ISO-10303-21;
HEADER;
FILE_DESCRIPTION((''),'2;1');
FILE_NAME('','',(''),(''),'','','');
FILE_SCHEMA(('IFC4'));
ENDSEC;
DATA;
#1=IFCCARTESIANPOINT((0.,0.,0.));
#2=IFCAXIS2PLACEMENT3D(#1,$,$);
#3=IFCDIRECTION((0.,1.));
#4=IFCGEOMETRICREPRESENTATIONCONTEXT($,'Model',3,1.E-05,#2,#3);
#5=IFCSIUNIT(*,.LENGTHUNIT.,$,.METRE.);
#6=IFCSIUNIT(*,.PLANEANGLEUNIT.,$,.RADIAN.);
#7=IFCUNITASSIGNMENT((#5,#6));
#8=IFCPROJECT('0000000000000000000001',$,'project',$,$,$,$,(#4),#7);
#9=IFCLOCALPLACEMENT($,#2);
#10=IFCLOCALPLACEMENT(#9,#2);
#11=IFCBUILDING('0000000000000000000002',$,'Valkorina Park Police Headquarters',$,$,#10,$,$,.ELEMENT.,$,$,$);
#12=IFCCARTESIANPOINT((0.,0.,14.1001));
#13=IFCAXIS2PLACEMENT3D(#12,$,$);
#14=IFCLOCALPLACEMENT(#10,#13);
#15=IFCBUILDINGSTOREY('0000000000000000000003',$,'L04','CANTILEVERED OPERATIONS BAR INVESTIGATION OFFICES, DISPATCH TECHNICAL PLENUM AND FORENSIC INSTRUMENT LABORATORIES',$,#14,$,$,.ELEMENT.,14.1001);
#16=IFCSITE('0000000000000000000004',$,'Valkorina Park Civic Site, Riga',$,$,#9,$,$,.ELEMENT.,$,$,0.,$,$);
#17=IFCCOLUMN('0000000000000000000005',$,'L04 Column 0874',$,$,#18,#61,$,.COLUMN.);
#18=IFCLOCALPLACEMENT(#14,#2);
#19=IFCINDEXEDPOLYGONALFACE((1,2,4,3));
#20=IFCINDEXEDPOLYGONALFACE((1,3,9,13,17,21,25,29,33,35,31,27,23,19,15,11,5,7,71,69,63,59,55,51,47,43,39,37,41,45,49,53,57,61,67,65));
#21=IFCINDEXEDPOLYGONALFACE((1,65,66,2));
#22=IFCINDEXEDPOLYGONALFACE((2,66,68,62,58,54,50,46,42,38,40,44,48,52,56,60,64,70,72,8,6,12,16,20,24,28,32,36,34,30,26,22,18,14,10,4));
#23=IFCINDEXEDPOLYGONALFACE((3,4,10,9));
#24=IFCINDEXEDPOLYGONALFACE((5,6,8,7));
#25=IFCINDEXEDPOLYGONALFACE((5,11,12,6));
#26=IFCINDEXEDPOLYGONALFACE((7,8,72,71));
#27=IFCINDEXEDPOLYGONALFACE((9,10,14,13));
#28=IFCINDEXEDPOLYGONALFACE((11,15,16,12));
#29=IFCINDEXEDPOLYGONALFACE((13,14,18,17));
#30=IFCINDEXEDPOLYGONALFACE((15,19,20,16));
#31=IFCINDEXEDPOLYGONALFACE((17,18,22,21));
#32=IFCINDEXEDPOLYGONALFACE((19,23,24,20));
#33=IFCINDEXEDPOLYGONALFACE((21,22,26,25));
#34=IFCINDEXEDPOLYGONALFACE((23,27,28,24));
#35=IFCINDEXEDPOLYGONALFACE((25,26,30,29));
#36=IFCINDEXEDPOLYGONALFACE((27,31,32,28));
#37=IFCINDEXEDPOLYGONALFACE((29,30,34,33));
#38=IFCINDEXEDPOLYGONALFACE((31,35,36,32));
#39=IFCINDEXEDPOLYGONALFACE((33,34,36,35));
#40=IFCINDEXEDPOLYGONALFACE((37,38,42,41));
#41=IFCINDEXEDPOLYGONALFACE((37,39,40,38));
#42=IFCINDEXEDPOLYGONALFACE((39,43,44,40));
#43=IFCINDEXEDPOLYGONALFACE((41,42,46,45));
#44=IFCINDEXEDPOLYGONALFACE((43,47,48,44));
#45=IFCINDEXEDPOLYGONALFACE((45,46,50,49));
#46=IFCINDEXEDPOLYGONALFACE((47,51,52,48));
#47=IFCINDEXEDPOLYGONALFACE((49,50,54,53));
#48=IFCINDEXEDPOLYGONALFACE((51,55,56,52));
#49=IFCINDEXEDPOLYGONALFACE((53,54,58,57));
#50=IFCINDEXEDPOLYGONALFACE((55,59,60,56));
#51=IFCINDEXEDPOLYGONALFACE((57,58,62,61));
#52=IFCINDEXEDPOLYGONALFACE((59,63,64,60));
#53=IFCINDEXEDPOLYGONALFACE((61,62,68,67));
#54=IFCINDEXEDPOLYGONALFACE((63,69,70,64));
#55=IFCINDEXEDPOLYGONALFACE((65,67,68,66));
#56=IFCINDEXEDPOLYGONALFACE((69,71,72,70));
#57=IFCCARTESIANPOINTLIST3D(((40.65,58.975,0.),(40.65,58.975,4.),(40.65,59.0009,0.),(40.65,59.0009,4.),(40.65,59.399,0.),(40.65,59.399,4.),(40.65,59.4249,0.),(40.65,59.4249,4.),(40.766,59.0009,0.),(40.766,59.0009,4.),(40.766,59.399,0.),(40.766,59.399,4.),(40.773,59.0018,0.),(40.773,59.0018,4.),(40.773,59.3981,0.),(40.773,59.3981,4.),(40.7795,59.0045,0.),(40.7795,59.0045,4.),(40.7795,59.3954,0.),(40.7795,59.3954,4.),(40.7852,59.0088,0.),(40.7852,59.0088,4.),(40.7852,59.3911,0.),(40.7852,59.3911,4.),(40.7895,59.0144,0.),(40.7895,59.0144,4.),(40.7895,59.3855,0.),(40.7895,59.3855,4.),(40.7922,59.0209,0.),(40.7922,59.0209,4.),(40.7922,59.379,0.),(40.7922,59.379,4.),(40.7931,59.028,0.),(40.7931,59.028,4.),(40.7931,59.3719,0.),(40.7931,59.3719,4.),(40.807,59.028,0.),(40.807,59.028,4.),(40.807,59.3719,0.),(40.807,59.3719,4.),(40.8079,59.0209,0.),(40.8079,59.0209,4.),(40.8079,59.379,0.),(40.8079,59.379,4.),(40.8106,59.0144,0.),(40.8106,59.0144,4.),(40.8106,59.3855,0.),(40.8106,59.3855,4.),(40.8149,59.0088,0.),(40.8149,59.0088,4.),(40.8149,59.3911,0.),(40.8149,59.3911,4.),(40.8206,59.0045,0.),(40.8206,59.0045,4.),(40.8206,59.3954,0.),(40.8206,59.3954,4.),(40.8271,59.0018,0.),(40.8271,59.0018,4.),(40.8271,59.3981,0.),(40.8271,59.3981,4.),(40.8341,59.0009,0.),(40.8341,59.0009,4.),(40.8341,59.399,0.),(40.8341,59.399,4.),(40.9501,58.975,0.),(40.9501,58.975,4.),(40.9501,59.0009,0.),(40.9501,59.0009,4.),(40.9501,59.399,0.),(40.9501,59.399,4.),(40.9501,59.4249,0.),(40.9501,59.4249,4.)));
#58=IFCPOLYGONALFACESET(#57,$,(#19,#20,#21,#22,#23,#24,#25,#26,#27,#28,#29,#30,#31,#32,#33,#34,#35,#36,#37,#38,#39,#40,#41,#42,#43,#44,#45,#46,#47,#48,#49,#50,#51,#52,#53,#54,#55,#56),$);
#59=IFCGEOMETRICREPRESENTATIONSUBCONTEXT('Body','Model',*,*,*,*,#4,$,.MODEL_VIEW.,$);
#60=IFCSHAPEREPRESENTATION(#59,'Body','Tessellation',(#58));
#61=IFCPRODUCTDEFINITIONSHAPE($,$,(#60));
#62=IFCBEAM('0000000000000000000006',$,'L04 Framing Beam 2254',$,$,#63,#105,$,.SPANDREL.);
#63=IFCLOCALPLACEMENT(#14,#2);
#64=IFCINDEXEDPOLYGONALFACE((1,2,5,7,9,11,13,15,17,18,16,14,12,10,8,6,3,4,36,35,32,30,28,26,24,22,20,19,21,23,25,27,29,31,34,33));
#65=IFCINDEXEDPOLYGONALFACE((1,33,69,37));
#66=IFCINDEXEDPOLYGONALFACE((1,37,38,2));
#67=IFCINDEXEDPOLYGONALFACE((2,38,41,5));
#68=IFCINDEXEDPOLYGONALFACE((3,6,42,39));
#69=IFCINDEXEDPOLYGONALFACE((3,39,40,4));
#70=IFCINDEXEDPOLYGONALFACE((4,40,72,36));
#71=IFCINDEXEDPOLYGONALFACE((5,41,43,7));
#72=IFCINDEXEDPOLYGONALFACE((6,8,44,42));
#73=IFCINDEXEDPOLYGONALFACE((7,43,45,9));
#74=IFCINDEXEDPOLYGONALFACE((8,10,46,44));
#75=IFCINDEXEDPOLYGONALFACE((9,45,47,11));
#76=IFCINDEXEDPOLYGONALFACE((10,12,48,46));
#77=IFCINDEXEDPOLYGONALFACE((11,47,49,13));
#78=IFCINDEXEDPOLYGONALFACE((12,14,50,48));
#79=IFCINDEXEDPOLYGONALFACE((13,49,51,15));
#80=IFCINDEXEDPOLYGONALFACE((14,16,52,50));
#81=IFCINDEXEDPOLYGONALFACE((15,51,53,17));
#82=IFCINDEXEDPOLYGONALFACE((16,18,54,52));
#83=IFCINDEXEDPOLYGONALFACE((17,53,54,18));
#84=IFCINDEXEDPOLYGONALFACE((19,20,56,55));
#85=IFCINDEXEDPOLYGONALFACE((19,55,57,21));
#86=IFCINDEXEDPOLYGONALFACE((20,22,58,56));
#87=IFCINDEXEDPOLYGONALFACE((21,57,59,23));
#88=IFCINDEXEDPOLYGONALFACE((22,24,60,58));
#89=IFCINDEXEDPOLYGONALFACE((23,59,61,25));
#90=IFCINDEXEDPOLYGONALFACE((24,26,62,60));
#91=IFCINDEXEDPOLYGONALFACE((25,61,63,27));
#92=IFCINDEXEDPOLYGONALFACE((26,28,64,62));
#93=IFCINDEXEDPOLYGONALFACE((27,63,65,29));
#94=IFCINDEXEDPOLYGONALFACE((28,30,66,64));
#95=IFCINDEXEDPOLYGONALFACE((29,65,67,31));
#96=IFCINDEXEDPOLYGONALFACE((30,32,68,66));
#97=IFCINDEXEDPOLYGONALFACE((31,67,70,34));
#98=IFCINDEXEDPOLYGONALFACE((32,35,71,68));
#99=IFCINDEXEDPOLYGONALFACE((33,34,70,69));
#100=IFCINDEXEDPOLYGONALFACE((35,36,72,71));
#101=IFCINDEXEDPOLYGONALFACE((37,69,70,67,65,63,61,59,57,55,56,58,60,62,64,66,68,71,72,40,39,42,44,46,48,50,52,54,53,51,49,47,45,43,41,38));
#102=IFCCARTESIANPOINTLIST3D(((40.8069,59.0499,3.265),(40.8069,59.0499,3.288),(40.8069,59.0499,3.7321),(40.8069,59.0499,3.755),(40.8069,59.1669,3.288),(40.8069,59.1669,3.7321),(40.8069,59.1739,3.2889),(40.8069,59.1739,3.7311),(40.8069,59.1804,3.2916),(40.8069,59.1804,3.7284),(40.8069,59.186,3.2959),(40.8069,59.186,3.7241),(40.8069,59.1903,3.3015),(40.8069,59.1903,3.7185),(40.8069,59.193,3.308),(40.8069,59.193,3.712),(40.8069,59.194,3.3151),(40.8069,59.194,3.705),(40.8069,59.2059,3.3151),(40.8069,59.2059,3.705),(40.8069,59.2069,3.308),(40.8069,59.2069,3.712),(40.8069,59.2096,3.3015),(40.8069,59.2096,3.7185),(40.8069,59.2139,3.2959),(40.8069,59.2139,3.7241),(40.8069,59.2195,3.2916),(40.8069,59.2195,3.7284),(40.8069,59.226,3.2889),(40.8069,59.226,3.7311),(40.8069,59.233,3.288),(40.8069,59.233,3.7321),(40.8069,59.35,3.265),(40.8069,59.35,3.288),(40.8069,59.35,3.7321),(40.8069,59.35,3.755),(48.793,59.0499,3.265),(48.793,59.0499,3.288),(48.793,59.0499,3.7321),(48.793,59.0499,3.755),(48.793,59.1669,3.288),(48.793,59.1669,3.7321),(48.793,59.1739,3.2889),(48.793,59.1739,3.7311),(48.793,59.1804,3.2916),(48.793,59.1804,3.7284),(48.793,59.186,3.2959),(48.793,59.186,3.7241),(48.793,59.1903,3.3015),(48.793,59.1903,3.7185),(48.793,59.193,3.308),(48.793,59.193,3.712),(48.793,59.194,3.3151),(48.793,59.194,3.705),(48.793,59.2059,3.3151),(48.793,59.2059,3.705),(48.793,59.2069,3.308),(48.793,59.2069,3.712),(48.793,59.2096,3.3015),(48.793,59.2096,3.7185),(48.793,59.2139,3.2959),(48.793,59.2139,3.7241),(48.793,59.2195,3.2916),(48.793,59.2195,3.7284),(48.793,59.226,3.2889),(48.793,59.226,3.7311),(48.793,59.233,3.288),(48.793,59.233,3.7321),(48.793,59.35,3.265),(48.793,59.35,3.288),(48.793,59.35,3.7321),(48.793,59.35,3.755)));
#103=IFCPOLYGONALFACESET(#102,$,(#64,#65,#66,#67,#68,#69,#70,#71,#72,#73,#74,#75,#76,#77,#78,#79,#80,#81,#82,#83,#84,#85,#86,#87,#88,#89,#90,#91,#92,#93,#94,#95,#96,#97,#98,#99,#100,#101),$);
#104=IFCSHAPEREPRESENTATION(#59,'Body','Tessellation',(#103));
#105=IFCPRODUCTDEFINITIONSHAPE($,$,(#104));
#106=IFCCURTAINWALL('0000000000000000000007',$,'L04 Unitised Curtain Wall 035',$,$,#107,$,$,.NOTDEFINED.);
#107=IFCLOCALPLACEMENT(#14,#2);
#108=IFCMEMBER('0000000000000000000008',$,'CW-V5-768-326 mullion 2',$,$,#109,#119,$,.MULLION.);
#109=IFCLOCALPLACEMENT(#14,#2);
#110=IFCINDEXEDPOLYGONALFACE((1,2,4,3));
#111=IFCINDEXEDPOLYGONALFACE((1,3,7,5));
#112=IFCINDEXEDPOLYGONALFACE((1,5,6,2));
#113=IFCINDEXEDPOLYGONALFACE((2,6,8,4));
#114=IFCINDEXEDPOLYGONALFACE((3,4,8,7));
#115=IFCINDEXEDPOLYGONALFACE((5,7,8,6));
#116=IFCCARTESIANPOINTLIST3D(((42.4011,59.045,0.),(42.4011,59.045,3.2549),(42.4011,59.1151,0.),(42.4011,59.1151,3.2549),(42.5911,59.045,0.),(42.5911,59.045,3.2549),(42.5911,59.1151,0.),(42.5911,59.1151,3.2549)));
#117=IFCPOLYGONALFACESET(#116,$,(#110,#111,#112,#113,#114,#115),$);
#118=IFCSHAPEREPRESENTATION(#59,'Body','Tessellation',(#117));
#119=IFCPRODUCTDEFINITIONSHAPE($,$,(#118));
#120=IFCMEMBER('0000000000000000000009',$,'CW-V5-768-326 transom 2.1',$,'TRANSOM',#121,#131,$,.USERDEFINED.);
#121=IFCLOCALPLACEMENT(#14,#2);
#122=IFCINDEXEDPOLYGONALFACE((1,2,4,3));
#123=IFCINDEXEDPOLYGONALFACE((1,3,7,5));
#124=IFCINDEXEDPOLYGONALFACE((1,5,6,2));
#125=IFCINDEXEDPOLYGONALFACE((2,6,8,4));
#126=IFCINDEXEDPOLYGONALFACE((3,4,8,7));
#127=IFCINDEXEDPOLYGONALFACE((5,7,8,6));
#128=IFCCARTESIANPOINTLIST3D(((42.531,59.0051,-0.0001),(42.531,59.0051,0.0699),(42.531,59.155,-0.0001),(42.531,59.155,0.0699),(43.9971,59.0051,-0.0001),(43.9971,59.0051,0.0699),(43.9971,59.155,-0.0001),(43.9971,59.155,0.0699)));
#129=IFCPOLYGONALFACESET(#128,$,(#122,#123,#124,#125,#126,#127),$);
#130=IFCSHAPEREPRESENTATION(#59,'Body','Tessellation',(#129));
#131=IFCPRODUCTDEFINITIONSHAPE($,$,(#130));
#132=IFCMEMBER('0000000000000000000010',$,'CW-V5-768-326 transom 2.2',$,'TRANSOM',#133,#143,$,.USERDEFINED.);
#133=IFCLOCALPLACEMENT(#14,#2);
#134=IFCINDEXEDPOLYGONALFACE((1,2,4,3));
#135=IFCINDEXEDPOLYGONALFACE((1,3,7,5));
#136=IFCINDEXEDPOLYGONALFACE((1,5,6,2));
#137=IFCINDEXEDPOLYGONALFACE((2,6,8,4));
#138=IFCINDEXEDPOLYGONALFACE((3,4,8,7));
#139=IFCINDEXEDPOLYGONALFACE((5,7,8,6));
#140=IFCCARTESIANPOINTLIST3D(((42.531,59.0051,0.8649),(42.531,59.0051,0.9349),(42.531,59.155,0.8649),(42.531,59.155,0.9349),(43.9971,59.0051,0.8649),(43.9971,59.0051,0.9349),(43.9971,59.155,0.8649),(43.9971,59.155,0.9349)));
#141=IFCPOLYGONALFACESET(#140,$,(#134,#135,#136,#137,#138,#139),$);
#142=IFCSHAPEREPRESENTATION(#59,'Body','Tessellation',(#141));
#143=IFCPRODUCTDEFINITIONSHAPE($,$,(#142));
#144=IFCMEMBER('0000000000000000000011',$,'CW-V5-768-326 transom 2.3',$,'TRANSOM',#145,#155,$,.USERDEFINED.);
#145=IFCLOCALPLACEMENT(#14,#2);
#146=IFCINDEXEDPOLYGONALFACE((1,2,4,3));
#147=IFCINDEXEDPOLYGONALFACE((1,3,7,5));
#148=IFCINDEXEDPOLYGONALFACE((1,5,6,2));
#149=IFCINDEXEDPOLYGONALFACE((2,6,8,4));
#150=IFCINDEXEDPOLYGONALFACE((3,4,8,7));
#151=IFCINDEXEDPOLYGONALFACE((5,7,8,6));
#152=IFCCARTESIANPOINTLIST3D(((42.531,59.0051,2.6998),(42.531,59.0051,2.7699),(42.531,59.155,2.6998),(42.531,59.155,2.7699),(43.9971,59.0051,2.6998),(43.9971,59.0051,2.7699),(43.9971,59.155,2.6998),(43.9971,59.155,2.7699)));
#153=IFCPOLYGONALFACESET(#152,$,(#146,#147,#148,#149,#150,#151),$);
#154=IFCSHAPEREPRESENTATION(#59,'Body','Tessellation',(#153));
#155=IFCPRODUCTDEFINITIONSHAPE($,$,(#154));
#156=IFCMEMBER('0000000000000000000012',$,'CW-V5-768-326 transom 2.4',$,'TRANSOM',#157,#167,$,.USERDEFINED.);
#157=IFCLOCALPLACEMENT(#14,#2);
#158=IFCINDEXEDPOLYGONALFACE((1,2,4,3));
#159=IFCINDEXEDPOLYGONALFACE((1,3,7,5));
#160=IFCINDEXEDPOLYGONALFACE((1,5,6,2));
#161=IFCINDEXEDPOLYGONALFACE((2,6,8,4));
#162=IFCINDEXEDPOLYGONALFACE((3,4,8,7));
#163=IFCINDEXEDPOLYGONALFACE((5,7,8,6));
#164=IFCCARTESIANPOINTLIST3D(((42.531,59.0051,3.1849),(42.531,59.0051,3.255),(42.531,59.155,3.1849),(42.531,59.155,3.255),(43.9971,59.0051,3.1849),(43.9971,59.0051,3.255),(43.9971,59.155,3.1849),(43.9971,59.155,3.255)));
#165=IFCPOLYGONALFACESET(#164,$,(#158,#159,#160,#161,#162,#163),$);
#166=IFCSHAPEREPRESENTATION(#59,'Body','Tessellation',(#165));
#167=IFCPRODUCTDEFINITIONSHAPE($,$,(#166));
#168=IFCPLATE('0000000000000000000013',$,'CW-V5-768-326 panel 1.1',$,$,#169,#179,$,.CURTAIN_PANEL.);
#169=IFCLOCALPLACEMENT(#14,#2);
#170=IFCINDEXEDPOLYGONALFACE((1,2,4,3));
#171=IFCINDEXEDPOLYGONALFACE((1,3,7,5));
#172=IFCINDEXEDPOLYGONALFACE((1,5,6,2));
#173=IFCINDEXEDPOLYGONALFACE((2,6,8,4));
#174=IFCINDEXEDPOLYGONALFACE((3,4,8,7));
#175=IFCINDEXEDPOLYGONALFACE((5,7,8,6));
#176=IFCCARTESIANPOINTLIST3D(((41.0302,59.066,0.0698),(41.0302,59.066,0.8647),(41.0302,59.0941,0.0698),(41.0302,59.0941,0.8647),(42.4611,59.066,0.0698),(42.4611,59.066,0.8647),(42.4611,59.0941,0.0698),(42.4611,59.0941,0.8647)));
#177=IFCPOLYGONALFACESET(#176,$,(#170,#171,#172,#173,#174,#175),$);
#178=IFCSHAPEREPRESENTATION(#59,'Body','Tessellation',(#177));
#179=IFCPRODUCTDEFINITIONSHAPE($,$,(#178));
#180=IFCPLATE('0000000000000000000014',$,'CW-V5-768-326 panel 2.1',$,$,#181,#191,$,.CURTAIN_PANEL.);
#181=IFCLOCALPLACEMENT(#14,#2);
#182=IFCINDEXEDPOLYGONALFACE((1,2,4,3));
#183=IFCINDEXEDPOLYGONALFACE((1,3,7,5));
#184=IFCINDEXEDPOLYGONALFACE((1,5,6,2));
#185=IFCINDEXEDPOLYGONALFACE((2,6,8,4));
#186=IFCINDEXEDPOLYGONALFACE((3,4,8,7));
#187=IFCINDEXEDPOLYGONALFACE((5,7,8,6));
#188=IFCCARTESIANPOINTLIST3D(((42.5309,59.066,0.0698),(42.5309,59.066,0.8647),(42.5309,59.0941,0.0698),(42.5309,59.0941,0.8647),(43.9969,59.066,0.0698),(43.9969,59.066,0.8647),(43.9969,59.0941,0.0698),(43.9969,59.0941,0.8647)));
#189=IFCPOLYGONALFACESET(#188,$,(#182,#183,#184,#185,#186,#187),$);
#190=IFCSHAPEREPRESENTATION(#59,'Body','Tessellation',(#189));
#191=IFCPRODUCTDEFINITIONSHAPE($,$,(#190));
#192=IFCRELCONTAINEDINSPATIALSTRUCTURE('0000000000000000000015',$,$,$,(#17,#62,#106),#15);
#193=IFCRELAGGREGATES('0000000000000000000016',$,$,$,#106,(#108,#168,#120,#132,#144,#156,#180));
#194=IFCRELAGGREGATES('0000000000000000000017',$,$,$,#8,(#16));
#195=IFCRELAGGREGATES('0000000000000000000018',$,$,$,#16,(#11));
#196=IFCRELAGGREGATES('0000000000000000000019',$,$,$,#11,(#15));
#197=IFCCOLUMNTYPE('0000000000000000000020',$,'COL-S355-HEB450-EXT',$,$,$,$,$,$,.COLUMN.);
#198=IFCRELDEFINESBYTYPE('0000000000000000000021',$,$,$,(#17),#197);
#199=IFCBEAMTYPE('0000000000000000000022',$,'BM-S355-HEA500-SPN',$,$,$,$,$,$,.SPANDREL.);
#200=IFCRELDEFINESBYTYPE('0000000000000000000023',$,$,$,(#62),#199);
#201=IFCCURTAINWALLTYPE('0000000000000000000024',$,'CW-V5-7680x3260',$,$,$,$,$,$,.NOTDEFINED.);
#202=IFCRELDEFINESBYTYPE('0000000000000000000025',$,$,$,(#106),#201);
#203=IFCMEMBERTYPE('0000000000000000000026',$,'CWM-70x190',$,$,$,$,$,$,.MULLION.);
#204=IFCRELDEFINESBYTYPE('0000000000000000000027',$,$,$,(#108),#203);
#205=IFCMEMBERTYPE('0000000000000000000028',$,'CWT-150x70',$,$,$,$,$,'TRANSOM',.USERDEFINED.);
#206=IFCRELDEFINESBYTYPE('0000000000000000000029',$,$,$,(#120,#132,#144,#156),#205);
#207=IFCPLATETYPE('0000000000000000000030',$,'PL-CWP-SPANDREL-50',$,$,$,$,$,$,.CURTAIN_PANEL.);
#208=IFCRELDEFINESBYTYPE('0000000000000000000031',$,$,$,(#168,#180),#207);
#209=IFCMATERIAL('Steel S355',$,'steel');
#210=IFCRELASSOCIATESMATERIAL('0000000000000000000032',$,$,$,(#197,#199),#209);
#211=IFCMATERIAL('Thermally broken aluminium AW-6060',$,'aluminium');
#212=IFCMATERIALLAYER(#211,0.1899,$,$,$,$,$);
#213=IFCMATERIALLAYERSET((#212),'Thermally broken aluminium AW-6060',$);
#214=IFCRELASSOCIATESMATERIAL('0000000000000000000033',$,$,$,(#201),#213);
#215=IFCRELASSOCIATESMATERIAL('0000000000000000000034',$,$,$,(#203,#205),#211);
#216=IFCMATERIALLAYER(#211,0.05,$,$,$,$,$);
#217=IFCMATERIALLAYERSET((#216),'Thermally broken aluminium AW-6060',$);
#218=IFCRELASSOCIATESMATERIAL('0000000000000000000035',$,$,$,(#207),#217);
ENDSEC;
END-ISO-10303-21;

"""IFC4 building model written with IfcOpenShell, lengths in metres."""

from ifc_helpers import new_model, si_unit, direction, frame, origin, origin_2d, place, context, subcontext, project, spatial, rectangle, i_section, extrude, material, layer, layer_set, material_profile, profile_set, type_object, element, aggregate, save


model = new_model("IFC4")

# Units and contexts
model_context = context("Model", 3, precision=1e-05, world=origin(), true_north=direction((0.0, 1.0)))
body_context = subcontext(model_context, "Body", "Model", "MODEL_VIEW")
ifc_project = project(units=[si_unit("LENGTHUNIT", "METRE"), si_unit("PLANEANGLEUNIT", "RADIAN")], contexts=[model_context])

# Site, building, storey
site_placement = place(None, origin())
site = spatial("IfcSite", under=ifc_project, at=site_placement, Name="Valkorina Park Civic Site, Riga", CompositionType="ELEMENT", RefElevation=0.0)
building_placement = place(site_placement, origin())
building = spatial("IfcBuilding", under=site, at=building_placement, Name="Valkorina Park Police Headquarters", CompositionType="ELEMENT")
storey_placement = place(building_placement, frame((0.0, 0.0, 14.1001)))
storey = spatial("IfcBuildingStorey", under=building, at=storey_placement, Name="L04", Description="CANTILEVERED OPERATIONS BAR INVESTIGATION OFFICES, DISPATCH TECHNICAL PLENUM AND FORENSIC INSTRUMENT LABORATORIES", CompositionType="ELEMENT", Elevation=14.1001)

# Column
ifc_material_1 = material(Name="Steel S355", Category="steel")
ifc_material_profile_1 = material_profile(ifc_material_1, i_section(OverallWidth=0.3, OverallDepth=0.45, WebThickness=0.0139, FlangeThickness=0.0259, FilletRadius=0.0271, at=origin_2d()), Name="HEB 450")
ifc_profile_set_1 = profile_set([ifc_material_profile_1], Name="Steel S355")
column_type = type_object("IfcColumnType", Name="COL-S355-HEB450-EXT", PredefinedType="COLUMN", material=ifc_profile_set_1)
column_placement = place(storey_placement, frame((40.8, 59.2, 0.0), z_axis=(0.0, 0.0, 1.0), x_axis=(1.0, 0.0, 0.0)))
element("IfcColumn", 1, at=column_placement, inside=storey, type_object=column_type, Name="L04 Column 0874", PredefinedType="COLUMN", context=body_context, shape_type="SweptSolid", body=[
    extrude(i_section(OverallWidth=0.3, OverallDepth=0.45, WebThickness=0.0139, FlangeThickness=0.0259, FilletRadius=0.0271, at=origin_2d()), origin(), (0.0, 0.0, 1.0), 4.0),
])

# Beam
ifc_material_profile_2 = material_profile(ifc_material_1, i_section(OverallWidth=0.3, OverallDepth=0.49, WebThickness=0.012, FlangeThickness=0.0229, FilletRadius=0.0271, at=origin_2d()), Name="HEA 500")
ifc_profile_set_2 = profile_set([ifc_material_profile_2], Name="Steel S355")
beam_type = type_object("IfcBeamType", Name="BM-S355-HEA500-SPN", PredefinedType="SPANDREL", material=ifc_profile_set_2)
beam_placement = place(storey_placement, frame((40.8069, 59.2, 3.51), z_axis=(1.0, 0.0, 0.0), x_axis=(0.0, 1.0, 0.0)))
element("IfcBeam", 2, at=beam_placement, inside=storey, type_object=beam_type, Name="L04 Framing Beam 2254", PredefinedType="SPANDREL", context=body_context, shape_type="SweptSolid", body=[
    extrude(i_section(OverallWidth=0.3, OverallDepth=0.49, WebThickness=0.012, FlangeThickness=0.0229, FilletRadius=0.0271, at=origin_2d()), origin(), (0.0, 0.0, 1.0), 7.9861),
])

# Curtain wall, members, plates
ifc_material_2 = material(Name="Thermally broken aluminium AW-6060", Category="aluminium")
ifc_layer_1 = layer(ifc_material_2, 0.1899)
ifc_layer_set_1 = layer_set([ifc_layer_1], Name="Thermally broken aluminium AW-6060")
curtain_wall_type = type_object("IfcCurtainWallType", Name="CW-V5-7680x3260", PredefinedType="NOTDEFINED", material=ifc_layer_set_1)
curtain_wall_placement = place(storey_placement, origin())
curtain_wall = element("IfcCurtainWall", 3, at=curtain_wall_placement, inside=storey, type_object=curtain_wall_type, Name="L04 Unitised Curtain Wall 035", PredefinedType="NOTDEFINED")
ifc_material_profile_3 = material_profile(ifc_material_2, rectangle(XDim=0.0701, YDim=0.1899, at=origin_2d()), Name="CWM-02 70x190")
ifc_profile_set_3 = profile_set([ifc_material_profile_3], Name="Thermally broken aluminium AW-6060")
member_type_1 = type_object("IfcMemberType", Name="CWM-70x190", PredefinedType="MULLION", material=ifc_profile_set_3)
member_1_placement = place(storey_placement, frame((42.4961, 59.0801, 0.0), z_axis=(0.0, 0.0, 1.0), x_axis=(0.0, 1.0, 0.0)))
member_1 = element("IfcMember", 4, at=member_1_placement, type_object=member_type_1, Name="CW-V5-768-326 mullion 2", PredefinedType="MULLION", context=body_context, shape_type="SweptSolid", body=[
    extrude(rectangle(XDim=0.0701, YDim=0.1899, at=origin_2d()), origin(), (0.0, 0.0, 1.0), 3.2549),
])
ifc_material_profile_4 = material_profile(ifc_material_2, rectangle(XDim=0.1499, YDim=0.0701, at=origin_2d()), Name="CWT-02 150x70")
ifc_profile_set_4 = profile_set([ifc_material_profile_4], Name="Thermally broken aluminium AW-6060")
member_type_2 = type_object("IfcMemberType", Name="CWT-150x70", ElementType="TRANSOM", PredefinedType="USERDEFINED", material=ifc_profile_set_4)
member_2_placement = place(storey_placement, frame((42.531, 59.0801, 0.0349), z_axis=(1.0, 0.0, 0.0), x_axis=(0.0, 1.0, 0.0)))
member_2 = element("IfcMember", 5, at=member_2_placement, type_object=member_type_2, Name="CW-V5-768-326 transom 2.1", ObjectType="TRANSOM", PredefinedType="USERDEFINED", context=body_context, shape_type="SweptSolid", body=[
    extrude(rectangle(XDim=0.1499, YDim=0.0701, at=origin_2d()), origin(), (0.0, 0.0, 1.0), 1.4661),
])
member_3_placement = place(storey_placement, frame((42.531, 59.0801, 0.8999), z_axis=(1.0, 0.0, 0.0), x_axis=(0.0, 1.0, 0.0)))
member_3 = element("IfcMember", 6, at=member_3_placement, type_object=member_type_2, Name="CW-V5-768-326 transom 2.2", ObjectType="TRANSOM", PredefinedType="USERDEFINED", context=body_context, shape_type="SweptSolid", body=[
    extrude(rectangle(XDim=0.1499, YDim=0.0701, at=origin_2d()), origin(), (0.0, 0.0, 1.0), 1.4661),
])
member_4_placement = place(storey_placement, frame((42.531, 59.0801, 2.7349), z_axis=(1.0, 0.0, 0.0), x_axis=(0.0, 1.0, 0.0)))
member_4 = element("IfcMember", 7, at=member_4_placement, type_object=member_type_2, Name="CW-V5-768-326 transom 2.3", ObjectType="TRANSOM", PredefinedType="USERDEFINED", context=body_context, shape_type="SweptSolid", body=[
    extrude(rectangle(XDim=0.1499, YDim=0.0701, at=origin_2d()), origin(), (0.0, 0.0, 1.0), 1.4661),
])
member_5_placement = place(storey_placement, frame((42.531, 59.0801, 3.22), z_axis=(1.0, 0.0, 0.0), x_axis=(0.0, 1.0, 0.0)))
member_5 = element("IfcMember", 8, at=member_5_placement, type_object=member_type_2, Name="CW-V5-768-326 transom 2.4", ObjectType="TRANSOM", PredefinedType="USERDEFINED", context=body_context, shape_type="SweptSolid", body=[
    extrude(rectangle(XDim=0.1499, YDim=0.0701, at=origin_2d()), origin(), (0.0, 0.0, 1.0), 1.4661),
])
ifc_layer_2 = layer(ifc_material_2, 0.05)
ifc_layer_set_2 = layer_set([ifc_layer_2], Name="Thermally broken aluminium AW-6060")
plate_type_1 = type_object("IfcPlateType", Name="PL-CWP-SPANDREL-50", PredefinedType="CURTAIN_PANEL", material=ifc_layer_set_2)
plate_1_placement = place(storey_placement, frame((41.7456, 59.0801, 0.0698), z_axis=(0.0, 0.0, 1.0), x_axis=(1.0, 0.0, 0.0)))
plate_1 = element("IfcPlate", 9, at=plate_1_placement, type_object=plate_type_1, Name="CW-V5-768-326 panel 1.1", PredefinedType="CURTAIN_PANEL", context=body_context, shape_type="SweptSolid", body=[
    extrude(rectangle(XDim=1.4309, YDim=0.0281, at=origin_2d()), origin(), (0.0, 0.0, 1.0), 0.7949),
])
plate_2_placement = place(storey_placement, frame((43.2639, 59.0801, 0.0698), z_axis=(0.0, 0.0, 1.0), x_axis=(1.0, 0.0, 0.0)))
plate_2 = element("IfcPlate", 10, at=plate_2_placement, type_object=plate_type_1, Name="CW-V5-768-326 panel 2.1", PredefinedType="CURTAIN_PANEL", context=body_context, shape_type="SweptSolid", body=[
    extrude(rectangle(XDim=1.4661, YDim=0.0281, at=origin_2d()), origin(), (0.0, 0.0, 1.0), 0.7949),
])
aggregate(curtain_wall, [member_1, plate_1, member_2, member_3, member_4, member_5, plate_2])

save(model, "model.ifc")
